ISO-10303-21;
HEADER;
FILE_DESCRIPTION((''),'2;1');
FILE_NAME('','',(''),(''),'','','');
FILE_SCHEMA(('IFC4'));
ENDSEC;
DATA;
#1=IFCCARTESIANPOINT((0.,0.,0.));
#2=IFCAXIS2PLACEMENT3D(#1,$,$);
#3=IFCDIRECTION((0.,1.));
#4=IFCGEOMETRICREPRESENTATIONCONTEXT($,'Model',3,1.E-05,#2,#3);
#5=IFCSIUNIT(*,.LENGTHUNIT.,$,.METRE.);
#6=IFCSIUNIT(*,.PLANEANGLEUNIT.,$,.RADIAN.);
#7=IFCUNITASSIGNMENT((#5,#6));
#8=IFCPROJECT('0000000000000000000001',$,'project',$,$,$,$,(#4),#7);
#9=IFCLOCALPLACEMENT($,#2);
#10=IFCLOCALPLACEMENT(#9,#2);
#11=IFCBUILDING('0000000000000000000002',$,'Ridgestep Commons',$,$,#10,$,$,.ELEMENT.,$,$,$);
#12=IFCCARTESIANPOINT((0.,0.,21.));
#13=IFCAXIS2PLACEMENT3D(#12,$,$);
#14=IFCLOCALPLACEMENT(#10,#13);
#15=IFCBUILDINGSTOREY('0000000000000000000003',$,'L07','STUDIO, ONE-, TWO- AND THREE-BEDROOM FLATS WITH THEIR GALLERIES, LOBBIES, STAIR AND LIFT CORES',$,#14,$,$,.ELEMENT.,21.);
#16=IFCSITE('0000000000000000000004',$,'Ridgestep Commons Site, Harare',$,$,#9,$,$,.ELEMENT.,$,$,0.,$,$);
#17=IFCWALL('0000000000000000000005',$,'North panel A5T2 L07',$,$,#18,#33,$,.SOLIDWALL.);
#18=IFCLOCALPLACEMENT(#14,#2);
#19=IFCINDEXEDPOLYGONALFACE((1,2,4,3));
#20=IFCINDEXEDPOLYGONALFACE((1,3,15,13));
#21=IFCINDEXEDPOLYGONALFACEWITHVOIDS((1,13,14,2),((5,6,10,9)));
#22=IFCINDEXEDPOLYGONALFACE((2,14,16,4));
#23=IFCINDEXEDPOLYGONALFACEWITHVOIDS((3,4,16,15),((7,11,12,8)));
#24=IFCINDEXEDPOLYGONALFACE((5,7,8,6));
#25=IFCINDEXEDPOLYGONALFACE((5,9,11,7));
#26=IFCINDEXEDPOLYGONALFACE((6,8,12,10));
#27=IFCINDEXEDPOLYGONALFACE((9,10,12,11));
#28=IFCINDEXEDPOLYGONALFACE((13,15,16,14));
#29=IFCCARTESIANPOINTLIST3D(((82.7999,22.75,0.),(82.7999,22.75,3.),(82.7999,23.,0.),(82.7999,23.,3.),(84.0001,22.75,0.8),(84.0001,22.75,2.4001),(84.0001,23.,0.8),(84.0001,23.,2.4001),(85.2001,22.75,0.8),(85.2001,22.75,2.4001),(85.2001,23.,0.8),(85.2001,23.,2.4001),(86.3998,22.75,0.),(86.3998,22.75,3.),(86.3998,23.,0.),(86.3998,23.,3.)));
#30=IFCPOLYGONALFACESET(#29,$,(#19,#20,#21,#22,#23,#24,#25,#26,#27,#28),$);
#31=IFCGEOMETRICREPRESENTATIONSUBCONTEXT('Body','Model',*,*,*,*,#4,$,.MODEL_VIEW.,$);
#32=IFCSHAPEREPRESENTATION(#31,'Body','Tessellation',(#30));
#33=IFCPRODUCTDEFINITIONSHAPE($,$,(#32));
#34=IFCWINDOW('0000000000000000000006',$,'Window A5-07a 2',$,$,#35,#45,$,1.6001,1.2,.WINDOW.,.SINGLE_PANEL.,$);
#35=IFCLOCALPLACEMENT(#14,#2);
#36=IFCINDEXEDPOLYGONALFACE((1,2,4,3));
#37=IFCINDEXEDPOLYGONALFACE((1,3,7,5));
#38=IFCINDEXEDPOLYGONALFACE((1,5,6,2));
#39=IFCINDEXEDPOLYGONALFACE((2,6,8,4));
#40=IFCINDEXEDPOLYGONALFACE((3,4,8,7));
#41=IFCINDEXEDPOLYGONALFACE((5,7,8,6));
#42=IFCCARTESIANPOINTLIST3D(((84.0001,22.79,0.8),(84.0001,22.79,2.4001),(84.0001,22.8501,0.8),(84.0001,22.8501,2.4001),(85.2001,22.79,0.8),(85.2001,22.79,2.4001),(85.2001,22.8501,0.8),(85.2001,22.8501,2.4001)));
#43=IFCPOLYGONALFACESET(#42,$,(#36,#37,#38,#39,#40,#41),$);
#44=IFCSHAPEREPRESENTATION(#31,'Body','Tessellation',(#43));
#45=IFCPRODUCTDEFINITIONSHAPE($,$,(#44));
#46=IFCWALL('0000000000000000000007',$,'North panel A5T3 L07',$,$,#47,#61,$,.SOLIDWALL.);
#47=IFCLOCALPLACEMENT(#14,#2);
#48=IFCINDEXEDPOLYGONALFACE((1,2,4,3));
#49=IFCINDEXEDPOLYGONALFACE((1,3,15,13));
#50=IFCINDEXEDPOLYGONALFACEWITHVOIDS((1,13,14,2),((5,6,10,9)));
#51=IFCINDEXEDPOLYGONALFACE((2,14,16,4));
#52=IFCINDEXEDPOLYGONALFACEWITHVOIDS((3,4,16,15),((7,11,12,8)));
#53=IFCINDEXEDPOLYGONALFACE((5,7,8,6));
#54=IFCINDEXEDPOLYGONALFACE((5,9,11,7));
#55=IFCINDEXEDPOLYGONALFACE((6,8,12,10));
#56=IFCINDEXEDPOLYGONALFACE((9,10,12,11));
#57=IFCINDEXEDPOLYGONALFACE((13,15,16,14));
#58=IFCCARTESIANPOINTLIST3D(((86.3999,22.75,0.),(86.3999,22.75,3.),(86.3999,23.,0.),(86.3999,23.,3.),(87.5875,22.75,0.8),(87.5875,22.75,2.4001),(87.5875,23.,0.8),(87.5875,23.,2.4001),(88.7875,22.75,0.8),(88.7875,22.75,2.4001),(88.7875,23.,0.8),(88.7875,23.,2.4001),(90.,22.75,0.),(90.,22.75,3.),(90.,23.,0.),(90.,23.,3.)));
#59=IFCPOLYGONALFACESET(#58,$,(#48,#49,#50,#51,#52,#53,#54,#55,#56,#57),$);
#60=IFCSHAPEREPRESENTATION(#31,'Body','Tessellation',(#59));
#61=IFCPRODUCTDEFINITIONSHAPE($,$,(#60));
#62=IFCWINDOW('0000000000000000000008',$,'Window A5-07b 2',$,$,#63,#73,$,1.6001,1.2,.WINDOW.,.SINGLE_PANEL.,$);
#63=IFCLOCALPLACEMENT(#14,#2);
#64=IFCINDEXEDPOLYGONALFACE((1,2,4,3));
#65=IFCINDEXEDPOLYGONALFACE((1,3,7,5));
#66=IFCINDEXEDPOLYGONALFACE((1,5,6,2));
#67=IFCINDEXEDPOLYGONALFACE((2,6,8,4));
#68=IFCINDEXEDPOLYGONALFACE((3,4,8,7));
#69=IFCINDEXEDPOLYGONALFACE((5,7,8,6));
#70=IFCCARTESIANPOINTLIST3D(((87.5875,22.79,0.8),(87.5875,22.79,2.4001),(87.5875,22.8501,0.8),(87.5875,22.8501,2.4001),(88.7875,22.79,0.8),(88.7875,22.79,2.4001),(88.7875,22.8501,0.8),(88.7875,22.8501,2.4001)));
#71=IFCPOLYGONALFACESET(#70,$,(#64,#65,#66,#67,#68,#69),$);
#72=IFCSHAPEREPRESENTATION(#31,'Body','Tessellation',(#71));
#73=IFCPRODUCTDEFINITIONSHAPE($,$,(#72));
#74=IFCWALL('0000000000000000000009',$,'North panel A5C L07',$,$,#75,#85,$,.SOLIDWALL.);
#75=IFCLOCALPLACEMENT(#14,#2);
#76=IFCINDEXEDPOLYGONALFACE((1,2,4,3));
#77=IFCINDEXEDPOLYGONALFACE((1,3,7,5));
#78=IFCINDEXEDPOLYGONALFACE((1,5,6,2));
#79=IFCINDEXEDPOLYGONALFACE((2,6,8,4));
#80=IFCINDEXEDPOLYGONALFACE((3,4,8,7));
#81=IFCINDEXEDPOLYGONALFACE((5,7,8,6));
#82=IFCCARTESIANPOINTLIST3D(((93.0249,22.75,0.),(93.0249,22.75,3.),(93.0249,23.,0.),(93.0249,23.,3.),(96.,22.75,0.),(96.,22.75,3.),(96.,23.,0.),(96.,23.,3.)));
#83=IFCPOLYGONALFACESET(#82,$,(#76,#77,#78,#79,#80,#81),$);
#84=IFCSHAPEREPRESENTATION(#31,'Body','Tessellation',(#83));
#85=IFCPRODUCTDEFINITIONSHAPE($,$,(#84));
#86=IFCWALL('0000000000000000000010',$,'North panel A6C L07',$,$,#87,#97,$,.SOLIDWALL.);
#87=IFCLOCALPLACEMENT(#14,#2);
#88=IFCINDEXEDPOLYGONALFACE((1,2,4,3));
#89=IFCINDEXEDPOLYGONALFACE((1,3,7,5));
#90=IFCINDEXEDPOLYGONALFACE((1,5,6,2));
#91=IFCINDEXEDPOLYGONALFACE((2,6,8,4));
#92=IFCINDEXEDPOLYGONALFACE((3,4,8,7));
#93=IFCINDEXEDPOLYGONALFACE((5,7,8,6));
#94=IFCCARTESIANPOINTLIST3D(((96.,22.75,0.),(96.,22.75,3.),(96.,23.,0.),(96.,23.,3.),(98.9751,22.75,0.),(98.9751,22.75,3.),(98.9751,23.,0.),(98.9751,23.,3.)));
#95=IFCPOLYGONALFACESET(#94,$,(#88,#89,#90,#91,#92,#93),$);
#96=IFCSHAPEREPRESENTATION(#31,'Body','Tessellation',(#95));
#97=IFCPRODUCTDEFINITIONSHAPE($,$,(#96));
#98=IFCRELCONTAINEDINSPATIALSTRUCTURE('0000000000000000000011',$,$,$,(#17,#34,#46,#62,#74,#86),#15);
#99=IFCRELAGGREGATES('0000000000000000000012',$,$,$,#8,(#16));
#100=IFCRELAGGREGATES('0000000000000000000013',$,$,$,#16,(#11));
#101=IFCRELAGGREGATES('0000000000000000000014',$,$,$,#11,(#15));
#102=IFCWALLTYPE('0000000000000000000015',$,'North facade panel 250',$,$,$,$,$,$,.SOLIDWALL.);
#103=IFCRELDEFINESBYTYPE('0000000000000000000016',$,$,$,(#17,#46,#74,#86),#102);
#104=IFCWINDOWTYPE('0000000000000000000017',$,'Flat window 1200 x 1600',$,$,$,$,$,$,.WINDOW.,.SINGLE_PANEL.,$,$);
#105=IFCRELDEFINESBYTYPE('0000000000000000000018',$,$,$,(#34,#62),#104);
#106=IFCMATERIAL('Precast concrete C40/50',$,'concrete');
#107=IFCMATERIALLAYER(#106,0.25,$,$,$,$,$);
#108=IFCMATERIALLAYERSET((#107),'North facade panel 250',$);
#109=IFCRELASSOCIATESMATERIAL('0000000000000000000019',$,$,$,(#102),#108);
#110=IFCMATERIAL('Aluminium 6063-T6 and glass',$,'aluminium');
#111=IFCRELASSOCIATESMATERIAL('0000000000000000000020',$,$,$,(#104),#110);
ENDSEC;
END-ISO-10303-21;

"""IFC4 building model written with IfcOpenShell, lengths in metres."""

from ifc_helpers import new_model, si_unit, direction, frame, frame_2d, origin, place, context, subcontext, project, spatial, rectangle, extrude, material, layer, layer_set, type_object, element, fill, save


model = new_model("IFC4")

# Units and contexts
model_context = context("Model", 3, precision=1e-05, world=origin(), true_north=direction((0.0, 1.0)))
body_context = subcontext(model_context, "Body", "Model", "MODEL_VIEW")
ifc_project = project(units=[si_unit("LENGTHUNIT", "METRE"), si_unit("PLANEANGLEUNIT", "RADIAN")], contexts=[model_context])

# Site, building, storey
site_placement = place(None, origin())
site = spatial("IfcSite", under=ifc_project, at=site_placement, Name="Ridgestep Commons Site, Harare", CompositionType="ELEMENT", RefElevation=0.0)
building_placement = place(site_placement, origin())
building = spatial("IfcBuilding", under=site, at=building_placement, Name="Ridgestep Commons", CompositionType="ELEMENT")
storey_placement = place(building_placement, frame((0.0, 0.0, 21.0)))
storey = spatial("IfcBuildingStorey", under=building, at=storey_placement, Name="L07", Description="STUDIO, ONE-, TWO- AND THREE-BEDROOM FLATS WITH THEIR GALLERIES, LOBBIES, STAIR AND LIFT CORES", CompositionType="ELEMENT", Elevation=21.0)

# Walls, openings, windows
ifc_material_1 = material(Name="Precast concrete C40/50", Category="concrete")
ifc_layer_1 = layer(ifc_material_1, 0.25)
ifc_layer_set_1 = layer_set([ifc_layer_1], Name="North facade panel 250")
wall_type_1 = type_object("IfcWallType", Name="North facade panel 250", PredefinedType="SOLIDWALL", material=ifc_layer_set_1)
wall_1_placement = place(storey_placement, frame((82.8, 22.875, 0.0), z_axis=(0.0, 0.0, 1.0), x_axis=(1.0, 0.0, 0.0)))
wall_1 = element("IfcWall", 1, at=wall_1_placement, inside=storey, type_object=wall_type_1, Name="North panel A5T2 L07", PredefinedType="SOLIDWALL", context=body_context, shape_type="SweptSolid", body=[
    extrude(rectangle(XDim=3.5999, YDim=0.25, at=frame_2d((1.7998, 0.0))), origin(), (0.0, 0.0, 1.0), 3.0),
])
opening_1_placement = place(wall_1_placement, frame((1.2, 0.0, 0.8)))
opening_1 = element("IfcOpeningElement", 2, at=opening_1_placement, cuts=wall_1, PredefinedType="OPENING", context=body_context, shape_type="SweptSolid", body=[
    extrude(rectangle(XDim=1.2, YDim=1.6001, at=frame_2d((0.6001, 0.8))), frame((0.0, 0.135, 0.0), z_axis=(0.0, -1.0, 0.0), x_axis=(1.0, 0.0, 0.0)), (0.0, 0.0, 1.0), 0.27),
])
ifc_material_2 = material(Name="Aluminium 6063-T6 and glass", Category="aluminium")
window_type = type_object("IfcWindowType", Name="Flat window 1200 x 1600", PartitioningType="SINGLE_PANEL", PredefinedType="WINDOW", material=ifc_material_2)
window_1_placement = place(opening_1_placement, origin())
window_1 = element("IfcWindow", 3, at=window_1_placement, inside=storey, type_object=window_type, Name="Window A5-07a 2", OverallHeight=1.6001, OverallWidth=1.2, PartitioningType="SINGLE_PANEL", PredefinedType="WINDOW", context=body_context, shape_type="SweptSolid", body=[
    extrude(rectangle(XDim=1.2, YDim=1.6001, at=frame_2d((0.6001, 0.8))), frame((0.0, -0.0249, 0.0), z_axis=(0.0, -1.0, 0.0), x_axis=(1.0, 0.0, 0.0)), (0.0, 0.0, 1.0), 0.0601),
])
fill(opening_1, window_1)
wall_2_placement = place(storey_placement, frame((86.3999, 22.875, 0.0), z_axis=(0.0, 0.0, 1.0), x_axis=(1.0, 0.0, 0.0)))
wall_2 = element("IfcWall", 4, at=wall_2_placement, inside=storey, type_object=wall_type_1, Name="North panel A5T3 L07", PredefinedType="SOLIDWALL", context=body_context, shape_type="SweptSolid", body=[
    extrude(rectangle(XDim=3.6001, YDim=0.25, at=frame_2d((1.8, 0.0))), origin(), (0.0, 0.0, 1.0), 3.0),
])
opening_2_placement = place(wall_2_placement, frame((1.1875, 0.0, 0.8)))
opening_2 = element("IfcOpeningElement", 5, at=opening_2_placement, cuts=wall_2, PredefinedType="OPENING", context=body_context, shape_type="SweptSolid", body=[
    extrude(rectangle(XDim=1.2, YDim=1.6001, at=frame_2d((0.6001, 0.8))), frame((0.0, 0.135, 0.0), z_axis=(0.0, -1.0, 0.0), x_axis=(1.0, 0.0, 0.0)), (0.0, 0.0, 1.0), 0.27),
])
window_2_placement = place(opening_2_placement, origin())
window_2 = element("IfcWindow", 6, at=window_2_placement, inside=storey, type_object=window_type, Name="Window A5-07b 2", OverallHeight=1.6001, OverallWidth=1.2, PartitioningType="SINGLE_PANEL", PredefinedType="WINDOW", context=body_context, shape_type="SweptSolid", body=[
    extrude(rectangle(XDim=1.2, YDim=1.6001, at=frame_2d((0.6001, 0.8))), frame((0.0, -0.0249, 0.0), z_axis=(0.0, -1.0, 0.0), x_axis=(1.0, 0.0, 0.0)), (0.0, 0.0, 1.0), 0.0601),
])
fill(opening_2, window_2)

# Walls
for number, where, z_axis, x_axis, name in (
    (7, (93.0249, 22.875, 0.0), (0.0, 0.0, 1.0), (1.0, 0.0, 0.0), "North panel A5C L07"),
    (8, (96.0, 22.875, 0.0), (0.0, 0.0, 1.0), (1.0, 0.0, 0.0), "North panel A6C L07"),
):
    element("IfcWall", number, at=place(storey_placement, frame(where, z_axis=z_axis, x_axis=x_axis)), inside=storey, type_object=wall_type_1, Name=name, PredefinedType="SOLIDWALL", context=body_context, shape_type="SweptSolid", body=[
        extrude(rectangle(XDim=2.9751, YDim=0.25, at=frame_2d((1.4875, 0.0))), origin(), (0.0, 0.0, 1.0), 3.0),
    ])

save(model, "model.ifc")
